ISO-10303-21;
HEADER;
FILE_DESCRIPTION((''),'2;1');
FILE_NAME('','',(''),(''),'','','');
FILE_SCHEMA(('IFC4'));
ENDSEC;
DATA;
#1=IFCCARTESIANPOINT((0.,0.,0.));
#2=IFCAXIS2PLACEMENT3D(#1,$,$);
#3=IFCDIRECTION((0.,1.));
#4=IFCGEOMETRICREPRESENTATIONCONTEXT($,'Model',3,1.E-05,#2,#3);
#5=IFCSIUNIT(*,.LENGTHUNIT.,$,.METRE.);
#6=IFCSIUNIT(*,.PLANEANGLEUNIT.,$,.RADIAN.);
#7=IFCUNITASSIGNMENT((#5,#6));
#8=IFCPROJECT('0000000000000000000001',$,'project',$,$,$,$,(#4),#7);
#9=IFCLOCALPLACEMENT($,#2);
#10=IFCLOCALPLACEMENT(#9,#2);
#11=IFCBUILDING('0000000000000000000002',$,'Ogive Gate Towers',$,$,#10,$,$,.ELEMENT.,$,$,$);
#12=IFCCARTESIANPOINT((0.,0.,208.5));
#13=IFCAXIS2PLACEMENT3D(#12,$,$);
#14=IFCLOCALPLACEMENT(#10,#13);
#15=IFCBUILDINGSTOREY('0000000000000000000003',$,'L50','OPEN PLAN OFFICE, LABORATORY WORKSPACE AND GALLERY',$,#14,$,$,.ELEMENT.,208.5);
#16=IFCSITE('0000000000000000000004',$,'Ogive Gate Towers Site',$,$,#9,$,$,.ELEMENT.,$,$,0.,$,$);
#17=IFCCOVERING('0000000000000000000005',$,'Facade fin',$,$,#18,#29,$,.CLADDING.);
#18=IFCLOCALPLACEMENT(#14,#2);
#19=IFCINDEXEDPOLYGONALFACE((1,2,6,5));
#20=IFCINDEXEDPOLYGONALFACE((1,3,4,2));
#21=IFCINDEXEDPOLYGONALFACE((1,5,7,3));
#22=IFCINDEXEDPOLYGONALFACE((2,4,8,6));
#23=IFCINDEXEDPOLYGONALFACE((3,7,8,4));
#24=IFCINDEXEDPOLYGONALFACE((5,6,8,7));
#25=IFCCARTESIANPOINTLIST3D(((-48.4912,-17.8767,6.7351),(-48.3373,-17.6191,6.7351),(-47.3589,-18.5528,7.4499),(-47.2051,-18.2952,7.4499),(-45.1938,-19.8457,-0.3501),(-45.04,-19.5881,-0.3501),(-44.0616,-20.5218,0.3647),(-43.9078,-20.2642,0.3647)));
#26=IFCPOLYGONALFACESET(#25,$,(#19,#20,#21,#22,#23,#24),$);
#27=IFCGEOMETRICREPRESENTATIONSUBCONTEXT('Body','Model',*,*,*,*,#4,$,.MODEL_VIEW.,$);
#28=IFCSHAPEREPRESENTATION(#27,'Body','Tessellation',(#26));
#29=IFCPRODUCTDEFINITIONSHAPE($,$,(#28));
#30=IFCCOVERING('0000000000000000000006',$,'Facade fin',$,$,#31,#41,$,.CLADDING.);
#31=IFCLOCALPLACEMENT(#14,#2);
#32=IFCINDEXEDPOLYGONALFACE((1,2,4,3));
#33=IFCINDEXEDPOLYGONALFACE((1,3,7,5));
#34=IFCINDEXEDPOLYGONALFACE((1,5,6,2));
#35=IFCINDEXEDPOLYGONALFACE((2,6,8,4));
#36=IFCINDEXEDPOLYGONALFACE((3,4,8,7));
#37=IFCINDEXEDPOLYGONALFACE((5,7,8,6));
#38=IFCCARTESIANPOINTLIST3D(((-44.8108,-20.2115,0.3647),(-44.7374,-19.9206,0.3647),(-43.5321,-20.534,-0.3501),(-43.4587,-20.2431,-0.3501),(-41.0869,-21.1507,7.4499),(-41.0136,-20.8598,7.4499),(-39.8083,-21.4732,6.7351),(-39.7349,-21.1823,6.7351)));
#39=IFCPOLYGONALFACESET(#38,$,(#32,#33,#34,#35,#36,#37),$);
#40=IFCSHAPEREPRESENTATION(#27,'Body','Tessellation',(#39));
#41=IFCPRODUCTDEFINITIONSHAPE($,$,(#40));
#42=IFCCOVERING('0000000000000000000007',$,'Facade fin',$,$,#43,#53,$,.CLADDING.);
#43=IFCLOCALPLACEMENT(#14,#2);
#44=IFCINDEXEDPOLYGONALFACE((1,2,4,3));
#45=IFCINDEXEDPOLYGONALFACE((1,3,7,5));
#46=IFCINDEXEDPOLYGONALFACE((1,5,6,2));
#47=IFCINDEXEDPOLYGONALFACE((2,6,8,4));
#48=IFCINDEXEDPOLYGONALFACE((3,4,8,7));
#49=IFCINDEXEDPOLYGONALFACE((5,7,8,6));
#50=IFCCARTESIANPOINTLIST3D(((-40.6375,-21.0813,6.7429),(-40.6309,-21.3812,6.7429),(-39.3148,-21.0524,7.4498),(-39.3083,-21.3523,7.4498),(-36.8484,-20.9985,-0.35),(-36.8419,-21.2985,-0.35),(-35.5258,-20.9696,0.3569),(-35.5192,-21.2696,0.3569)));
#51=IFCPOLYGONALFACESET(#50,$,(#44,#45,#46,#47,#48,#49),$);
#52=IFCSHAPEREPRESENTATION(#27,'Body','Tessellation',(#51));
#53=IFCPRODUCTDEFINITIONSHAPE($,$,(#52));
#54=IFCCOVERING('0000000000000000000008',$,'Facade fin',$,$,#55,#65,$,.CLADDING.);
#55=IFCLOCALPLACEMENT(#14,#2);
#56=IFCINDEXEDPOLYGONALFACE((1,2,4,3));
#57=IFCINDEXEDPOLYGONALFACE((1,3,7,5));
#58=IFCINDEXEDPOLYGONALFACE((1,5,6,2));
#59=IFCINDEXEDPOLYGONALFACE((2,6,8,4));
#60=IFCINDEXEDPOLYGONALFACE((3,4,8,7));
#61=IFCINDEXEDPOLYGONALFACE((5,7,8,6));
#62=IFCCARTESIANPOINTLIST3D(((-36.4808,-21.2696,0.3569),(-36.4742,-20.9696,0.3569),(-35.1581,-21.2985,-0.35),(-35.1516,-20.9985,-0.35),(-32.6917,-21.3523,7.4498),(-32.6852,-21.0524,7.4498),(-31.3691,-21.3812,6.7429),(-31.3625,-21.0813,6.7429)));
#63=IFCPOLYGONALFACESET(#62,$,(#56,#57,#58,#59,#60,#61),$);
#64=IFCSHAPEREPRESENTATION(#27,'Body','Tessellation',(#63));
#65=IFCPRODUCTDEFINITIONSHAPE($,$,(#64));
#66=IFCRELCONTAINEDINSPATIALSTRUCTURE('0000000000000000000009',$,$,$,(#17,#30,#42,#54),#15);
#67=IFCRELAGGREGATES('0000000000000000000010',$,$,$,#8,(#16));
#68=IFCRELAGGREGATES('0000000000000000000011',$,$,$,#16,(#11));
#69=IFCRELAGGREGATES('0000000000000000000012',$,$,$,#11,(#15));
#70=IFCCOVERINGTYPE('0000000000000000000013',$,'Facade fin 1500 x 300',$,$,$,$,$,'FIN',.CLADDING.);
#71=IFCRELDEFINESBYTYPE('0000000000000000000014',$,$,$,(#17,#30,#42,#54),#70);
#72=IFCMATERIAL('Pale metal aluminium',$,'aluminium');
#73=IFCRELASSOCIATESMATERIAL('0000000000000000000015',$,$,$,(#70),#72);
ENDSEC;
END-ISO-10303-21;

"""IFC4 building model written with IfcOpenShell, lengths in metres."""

from ifc_helpers import new_model, si_unit, direction, frame, origin, origin_2d, place, context, subcontext, project, spatial, rectangle, extrude, material, material_profile, profile_set, type_object, element, save


model = new_model("IFC4")

# Units and contexts
model_context = context("Model", 3, precision=1e-05, world=origin(), true_north=direction((0.0, 1.0)))
body_context = subcontext(model_context, "Body", "Model", "MODEL_VIEW")
ifc_project = project(units=[si_unit("LENGTHUNIT", "METRE"), si_unit("PLANEANGLEUNIT", "RADIAN")], contexts=[model_context])

# Site, building, storey
site_placement = place(None, origin())
site = spatial("IfcSite", under=ifc_project, at=site_placement, Name="Ogive Gate Towers Site", CompositionType="ELEMENT", RefElevation=0.0)
building_placement = place(site_placement, origin())
building = spatial("IfcBuilding", under=site, at=building_placement, Name="Ogive Gate Towers", CompositionType="ELEMENT")
storey_placement = place(building_placement, frame((0.0, 0.0, 208.5)))
storey = spatial("IfcBuildingStorey", under=building, at=storey_placement, Name="L50", Description="OPEN PLAN OFFICE, LABORATORY WORKSPACE AND GALLERY", CompositionType="ELEMENT", Elevation=208.5)

# Shared definitions
ifc_material_1 = material(Name="Pale metal aluminium", Category="aluminium")

# Coverings
ifc_material_profile_1 = material_profile(ifc_material_1, rectangle(XDim=0.3, YDim=1.5, at=origin_2d()), Name="1500 x 300 pale metal aluminium")
ifc_profile_set_1 = profile_set([ifc_material_profile_1], Name="Pale metal aluminium")
covering_type = type_object("IfcCoveringType", Name="Facade fin 1500 x 300", ElementType="FIN", PredefinedType="CLADDING", material=ifc_profile_set_1)
for number, where, z_axis, x_axis, name in (
    (1, (-44.5508, -20.0549, 0.0073), (-0.409146, 0.244318, 0.879152), (-0.51269, -0.858574, 0.0), "Facade fin"),
    (2, (-44.1348, -20.2273, 0.0073), (0.46207, -0.11654, 0.879153), (0.244554, 0.969636, 0.0), "Facade fin"),
):
    element("IfcCovering", number, at=place(storey_placement, frame(where, z_axis=z_axis, x_axis=x_axis)), inside=storey, type_object=covering_type, Name=name, PredefinedType="CLADDING", context=body_context, shape_type="SweptSolid", body=[
        extrude(rectangle(XDim=0.3, YDim=1.5, at=origin_2d()), origin(), (0.0, 0.0, 1.0), 8.0591),
    ])
for number, where, z_axis, x_axis, name in (
    (3, (-36.1838, -21.134, 0.0034), (-0.471156, -0.010291, 0.88199), (0.021838, -0.999762, 0.0), "Facade fin"),
    (4, (-35.8162, -21.134, 0.0034), (0.471156, -0.010291, 0.88199), (0.021838, 0.999762, 0.0), "Facade fin"),
):
    element("IfcCovering", number, at=place(storey_placement, frame(where, z_axis=z_axis, x_axis=x_axis)), inside=storey, type_object=covering_type, Name=name, PredefinedType="CLADDING", context=body_context, shape_type="SweptSolid", body=[
        extrude(rectangle(XDim=0.3, YDim=1.5, at=origin_2d()), origin(), (0.0, 0.0, 1.0), 8.042),
    ])

save(model, "model.ifc")
